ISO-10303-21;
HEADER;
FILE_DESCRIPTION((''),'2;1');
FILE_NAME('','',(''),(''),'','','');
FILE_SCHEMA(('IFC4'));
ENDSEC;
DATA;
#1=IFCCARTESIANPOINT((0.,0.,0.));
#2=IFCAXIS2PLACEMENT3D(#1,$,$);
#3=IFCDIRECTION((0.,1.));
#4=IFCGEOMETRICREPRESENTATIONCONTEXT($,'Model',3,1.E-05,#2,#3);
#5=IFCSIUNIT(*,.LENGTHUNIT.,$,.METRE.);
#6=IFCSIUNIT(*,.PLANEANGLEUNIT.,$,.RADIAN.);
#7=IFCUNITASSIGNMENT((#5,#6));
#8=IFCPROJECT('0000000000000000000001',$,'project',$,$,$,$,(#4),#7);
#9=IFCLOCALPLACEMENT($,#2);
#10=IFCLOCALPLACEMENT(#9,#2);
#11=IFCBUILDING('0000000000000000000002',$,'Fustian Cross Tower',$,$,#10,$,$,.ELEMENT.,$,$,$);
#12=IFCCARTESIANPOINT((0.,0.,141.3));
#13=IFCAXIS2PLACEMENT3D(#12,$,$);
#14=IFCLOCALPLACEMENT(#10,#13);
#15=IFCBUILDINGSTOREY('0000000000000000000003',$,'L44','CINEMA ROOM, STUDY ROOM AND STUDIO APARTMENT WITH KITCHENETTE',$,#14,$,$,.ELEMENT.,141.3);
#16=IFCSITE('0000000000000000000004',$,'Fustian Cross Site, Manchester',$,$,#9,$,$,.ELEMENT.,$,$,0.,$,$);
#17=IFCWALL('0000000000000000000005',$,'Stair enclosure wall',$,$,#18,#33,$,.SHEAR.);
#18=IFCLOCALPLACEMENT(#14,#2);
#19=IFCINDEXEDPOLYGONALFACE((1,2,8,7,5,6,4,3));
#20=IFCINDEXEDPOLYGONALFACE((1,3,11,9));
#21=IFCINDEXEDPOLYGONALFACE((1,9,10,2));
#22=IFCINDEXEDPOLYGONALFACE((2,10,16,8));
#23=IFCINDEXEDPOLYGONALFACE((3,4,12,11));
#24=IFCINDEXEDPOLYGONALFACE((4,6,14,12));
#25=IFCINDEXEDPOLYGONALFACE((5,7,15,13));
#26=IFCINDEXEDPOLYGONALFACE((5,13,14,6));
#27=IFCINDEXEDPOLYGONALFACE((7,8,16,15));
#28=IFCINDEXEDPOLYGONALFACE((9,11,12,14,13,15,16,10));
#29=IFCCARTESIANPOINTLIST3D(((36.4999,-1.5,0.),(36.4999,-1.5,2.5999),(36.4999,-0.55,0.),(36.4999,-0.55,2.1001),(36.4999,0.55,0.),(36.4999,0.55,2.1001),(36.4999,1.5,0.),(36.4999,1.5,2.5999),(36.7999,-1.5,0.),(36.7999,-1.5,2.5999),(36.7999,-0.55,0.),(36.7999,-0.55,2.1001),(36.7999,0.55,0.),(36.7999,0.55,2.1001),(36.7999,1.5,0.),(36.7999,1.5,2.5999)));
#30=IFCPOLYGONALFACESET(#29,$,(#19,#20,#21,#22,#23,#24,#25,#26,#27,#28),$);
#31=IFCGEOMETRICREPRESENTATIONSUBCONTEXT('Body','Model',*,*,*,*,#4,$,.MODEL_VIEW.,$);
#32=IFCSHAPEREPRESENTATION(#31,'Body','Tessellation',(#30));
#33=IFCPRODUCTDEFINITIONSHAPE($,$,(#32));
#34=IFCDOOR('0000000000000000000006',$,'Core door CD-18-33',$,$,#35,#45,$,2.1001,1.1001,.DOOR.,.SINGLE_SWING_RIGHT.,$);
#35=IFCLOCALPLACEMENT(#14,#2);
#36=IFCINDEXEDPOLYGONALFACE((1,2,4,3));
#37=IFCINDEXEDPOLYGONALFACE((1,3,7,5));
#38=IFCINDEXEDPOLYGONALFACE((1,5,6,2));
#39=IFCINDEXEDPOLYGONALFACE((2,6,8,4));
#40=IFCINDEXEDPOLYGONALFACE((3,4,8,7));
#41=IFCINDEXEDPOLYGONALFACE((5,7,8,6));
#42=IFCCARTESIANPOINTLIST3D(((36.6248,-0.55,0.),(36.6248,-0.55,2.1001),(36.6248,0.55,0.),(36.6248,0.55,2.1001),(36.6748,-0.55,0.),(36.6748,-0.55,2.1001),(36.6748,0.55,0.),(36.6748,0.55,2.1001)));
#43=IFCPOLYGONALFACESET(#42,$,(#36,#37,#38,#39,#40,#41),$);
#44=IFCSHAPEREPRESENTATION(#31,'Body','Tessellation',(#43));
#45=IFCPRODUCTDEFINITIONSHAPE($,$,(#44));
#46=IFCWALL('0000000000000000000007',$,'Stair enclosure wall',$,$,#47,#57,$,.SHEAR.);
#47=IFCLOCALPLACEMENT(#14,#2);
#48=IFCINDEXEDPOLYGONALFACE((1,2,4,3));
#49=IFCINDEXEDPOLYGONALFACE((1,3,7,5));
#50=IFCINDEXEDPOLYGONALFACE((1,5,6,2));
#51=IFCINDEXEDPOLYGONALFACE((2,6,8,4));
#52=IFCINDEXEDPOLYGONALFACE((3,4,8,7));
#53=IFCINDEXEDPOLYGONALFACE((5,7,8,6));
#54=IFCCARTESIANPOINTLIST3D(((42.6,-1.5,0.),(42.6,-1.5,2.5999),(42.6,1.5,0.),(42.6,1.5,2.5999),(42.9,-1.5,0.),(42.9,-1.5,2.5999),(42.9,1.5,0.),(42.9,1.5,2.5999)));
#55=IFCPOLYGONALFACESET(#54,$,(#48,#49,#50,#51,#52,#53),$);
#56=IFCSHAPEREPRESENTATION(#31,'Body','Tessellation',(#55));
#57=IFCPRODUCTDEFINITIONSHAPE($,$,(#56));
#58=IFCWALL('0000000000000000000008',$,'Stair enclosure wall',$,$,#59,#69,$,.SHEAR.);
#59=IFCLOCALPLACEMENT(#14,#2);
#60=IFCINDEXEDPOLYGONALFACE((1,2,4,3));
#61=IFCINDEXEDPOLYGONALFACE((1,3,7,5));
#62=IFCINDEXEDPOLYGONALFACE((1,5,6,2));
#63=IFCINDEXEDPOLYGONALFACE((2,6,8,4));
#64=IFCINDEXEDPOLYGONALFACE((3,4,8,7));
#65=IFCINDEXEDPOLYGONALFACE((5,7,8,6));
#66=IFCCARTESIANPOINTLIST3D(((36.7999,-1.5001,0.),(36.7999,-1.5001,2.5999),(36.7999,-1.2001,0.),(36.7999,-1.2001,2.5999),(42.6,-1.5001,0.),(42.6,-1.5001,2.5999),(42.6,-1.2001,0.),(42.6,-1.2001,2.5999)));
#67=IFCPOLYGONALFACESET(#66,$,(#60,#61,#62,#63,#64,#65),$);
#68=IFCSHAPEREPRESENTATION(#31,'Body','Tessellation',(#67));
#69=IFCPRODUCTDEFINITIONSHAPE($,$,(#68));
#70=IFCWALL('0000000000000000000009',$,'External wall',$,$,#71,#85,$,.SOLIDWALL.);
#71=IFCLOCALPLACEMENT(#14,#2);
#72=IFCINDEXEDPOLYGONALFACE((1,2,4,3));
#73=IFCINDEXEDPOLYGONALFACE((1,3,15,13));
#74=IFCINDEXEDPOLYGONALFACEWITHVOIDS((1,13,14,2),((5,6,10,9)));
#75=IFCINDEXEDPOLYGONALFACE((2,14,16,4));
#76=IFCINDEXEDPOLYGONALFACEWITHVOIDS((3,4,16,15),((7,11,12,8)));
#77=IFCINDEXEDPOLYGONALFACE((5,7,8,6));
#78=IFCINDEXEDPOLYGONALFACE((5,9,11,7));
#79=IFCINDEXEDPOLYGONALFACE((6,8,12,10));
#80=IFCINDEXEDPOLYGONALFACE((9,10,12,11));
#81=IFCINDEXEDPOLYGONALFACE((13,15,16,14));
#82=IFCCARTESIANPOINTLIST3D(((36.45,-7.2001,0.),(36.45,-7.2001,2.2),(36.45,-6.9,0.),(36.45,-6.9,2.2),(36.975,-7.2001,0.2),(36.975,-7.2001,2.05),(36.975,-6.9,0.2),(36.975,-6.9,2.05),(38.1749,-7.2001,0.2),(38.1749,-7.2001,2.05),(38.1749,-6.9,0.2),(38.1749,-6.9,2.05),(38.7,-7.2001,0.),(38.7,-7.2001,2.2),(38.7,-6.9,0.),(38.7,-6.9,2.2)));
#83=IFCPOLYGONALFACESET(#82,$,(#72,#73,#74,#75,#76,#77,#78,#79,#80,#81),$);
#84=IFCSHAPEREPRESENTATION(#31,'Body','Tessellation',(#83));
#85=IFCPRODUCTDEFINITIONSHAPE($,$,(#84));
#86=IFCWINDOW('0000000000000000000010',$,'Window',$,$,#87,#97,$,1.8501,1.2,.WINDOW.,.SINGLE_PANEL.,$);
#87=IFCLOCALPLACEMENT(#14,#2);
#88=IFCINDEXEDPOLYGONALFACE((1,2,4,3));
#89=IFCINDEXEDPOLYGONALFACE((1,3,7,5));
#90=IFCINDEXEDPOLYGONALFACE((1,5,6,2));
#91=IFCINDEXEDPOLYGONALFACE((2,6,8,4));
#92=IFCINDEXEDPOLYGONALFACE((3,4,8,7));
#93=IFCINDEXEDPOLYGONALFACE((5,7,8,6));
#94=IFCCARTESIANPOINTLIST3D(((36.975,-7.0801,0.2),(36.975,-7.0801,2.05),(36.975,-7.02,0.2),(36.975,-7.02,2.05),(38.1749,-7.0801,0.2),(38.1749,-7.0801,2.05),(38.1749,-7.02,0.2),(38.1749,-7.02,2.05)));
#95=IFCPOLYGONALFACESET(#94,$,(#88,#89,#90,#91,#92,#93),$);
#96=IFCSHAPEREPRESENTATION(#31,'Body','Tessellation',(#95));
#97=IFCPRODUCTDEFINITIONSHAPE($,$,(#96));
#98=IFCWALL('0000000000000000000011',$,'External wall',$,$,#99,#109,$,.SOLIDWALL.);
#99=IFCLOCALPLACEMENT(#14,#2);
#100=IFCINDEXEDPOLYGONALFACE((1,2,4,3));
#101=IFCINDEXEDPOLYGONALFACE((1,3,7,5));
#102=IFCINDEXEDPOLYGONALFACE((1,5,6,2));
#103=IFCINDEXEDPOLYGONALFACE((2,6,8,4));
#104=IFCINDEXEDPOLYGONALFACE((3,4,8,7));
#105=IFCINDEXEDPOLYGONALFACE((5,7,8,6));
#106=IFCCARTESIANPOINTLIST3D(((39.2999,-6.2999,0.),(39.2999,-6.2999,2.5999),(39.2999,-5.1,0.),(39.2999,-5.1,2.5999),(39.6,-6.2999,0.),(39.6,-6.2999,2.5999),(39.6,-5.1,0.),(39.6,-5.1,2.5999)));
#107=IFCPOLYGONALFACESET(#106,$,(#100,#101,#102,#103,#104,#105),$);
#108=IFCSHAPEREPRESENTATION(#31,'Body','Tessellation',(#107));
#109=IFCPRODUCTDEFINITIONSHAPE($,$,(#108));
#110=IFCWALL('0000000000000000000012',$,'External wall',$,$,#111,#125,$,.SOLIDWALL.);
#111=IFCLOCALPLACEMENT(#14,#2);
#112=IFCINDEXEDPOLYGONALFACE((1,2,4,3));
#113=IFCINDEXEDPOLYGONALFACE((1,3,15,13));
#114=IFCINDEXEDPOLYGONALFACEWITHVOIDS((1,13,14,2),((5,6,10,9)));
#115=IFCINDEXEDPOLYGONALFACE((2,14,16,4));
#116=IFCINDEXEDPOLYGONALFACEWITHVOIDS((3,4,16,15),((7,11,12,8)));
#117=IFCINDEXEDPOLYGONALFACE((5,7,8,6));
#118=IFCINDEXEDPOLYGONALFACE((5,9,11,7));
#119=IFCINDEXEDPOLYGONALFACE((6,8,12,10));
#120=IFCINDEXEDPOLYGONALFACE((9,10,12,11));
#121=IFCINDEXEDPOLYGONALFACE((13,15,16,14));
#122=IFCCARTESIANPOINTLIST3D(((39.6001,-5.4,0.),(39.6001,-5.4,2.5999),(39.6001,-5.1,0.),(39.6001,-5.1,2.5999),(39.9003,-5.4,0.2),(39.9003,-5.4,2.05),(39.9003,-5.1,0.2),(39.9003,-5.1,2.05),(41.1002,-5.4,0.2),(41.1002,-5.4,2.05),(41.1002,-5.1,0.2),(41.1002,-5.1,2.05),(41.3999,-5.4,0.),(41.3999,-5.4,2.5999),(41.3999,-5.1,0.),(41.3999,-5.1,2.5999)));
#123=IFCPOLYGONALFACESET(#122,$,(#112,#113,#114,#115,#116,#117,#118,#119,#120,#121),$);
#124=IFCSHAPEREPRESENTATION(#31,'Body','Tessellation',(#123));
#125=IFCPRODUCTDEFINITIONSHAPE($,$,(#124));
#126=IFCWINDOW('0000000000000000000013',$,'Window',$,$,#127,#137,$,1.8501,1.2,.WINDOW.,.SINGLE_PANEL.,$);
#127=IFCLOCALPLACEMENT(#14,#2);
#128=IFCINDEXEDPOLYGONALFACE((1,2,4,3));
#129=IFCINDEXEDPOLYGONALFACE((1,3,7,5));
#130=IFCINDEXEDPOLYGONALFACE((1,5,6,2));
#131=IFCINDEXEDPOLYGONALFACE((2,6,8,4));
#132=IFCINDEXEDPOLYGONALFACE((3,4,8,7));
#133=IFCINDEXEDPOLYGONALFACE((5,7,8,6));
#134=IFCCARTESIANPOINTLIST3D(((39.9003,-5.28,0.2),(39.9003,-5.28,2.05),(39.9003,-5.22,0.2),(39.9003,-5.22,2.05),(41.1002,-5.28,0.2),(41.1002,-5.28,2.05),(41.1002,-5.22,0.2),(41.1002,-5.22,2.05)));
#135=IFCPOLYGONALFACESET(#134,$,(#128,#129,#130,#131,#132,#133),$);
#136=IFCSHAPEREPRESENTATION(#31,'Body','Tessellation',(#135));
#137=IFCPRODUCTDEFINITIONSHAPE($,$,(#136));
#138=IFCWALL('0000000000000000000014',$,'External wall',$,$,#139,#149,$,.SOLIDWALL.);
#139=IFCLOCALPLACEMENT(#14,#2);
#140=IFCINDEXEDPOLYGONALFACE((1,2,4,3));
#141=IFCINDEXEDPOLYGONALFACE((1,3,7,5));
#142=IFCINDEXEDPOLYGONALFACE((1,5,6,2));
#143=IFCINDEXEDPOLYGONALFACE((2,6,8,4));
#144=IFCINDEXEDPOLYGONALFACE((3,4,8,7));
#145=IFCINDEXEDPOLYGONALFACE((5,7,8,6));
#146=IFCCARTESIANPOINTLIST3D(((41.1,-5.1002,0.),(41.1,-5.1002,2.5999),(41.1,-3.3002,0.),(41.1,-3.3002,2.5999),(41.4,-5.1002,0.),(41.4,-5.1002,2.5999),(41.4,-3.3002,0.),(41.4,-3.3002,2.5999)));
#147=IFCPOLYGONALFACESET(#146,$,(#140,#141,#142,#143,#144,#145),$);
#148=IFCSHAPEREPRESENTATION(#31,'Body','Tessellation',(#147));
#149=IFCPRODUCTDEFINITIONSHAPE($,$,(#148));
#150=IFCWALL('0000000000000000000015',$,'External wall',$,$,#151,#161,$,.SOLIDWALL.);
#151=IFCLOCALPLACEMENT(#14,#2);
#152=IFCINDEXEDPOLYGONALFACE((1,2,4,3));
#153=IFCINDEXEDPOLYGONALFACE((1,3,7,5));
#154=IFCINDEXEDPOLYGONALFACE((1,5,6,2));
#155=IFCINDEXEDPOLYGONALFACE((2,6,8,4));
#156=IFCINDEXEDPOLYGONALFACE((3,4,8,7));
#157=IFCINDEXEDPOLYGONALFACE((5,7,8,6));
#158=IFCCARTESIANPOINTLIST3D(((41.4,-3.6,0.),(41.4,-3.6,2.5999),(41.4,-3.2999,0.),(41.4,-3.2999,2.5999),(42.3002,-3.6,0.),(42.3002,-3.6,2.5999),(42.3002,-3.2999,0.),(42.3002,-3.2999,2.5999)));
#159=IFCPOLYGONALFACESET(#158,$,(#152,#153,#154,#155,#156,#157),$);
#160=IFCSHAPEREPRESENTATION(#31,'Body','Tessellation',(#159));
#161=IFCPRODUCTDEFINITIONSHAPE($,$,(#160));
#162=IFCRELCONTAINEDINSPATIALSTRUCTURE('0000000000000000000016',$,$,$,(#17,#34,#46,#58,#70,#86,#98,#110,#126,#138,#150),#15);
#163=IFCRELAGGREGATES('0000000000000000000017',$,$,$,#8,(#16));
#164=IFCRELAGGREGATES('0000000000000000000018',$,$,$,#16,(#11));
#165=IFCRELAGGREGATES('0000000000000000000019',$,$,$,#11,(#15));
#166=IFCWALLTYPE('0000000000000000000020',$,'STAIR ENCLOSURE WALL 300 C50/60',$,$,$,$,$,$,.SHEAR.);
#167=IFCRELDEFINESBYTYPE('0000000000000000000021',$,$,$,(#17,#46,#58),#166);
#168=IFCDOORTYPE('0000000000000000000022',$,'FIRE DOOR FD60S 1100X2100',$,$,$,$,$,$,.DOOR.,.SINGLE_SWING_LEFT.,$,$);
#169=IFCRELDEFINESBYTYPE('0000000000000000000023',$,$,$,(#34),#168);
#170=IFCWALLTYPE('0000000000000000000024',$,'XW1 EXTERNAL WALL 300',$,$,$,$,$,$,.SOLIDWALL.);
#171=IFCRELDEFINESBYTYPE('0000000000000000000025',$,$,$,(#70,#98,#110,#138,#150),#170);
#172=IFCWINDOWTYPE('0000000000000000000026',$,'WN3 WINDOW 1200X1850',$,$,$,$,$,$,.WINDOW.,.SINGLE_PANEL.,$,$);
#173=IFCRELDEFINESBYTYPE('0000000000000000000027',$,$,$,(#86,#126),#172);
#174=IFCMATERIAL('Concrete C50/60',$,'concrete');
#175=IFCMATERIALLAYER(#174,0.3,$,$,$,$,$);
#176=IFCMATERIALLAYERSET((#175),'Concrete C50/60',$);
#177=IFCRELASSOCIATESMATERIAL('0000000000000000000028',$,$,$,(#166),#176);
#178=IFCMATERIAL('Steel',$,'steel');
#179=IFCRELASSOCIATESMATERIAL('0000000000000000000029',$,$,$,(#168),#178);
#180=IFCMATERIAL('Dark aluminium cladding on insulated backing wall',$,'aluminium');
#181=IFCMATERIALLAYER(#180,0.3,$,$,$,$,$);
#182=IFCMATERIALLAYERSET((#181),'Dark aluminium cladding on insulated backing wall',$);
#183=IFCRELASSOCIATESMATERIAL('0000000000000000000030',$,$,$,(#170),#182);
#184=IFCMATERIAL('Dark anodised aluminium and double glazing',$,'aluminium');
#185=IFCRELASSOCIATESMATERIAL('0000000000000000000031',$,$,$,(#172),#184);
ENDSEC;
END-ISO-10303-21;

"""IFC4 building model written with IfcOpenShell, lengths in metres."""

from ifc_helpers import new_model, si_unit, direction, frame, frame_2d, origin, place, context, subcontext, project, spatial, rectangle, extrude, material, layer, layer_set, type_object, element, fill, save


model = new_model("IFC4")

# Units and contexts
model_context = context("Model", 3, precision=1e-05, world=origin(), true_north=direction((0.0, 1.0)))
body_context = subcontext(model_context, "Body", "Model", "MODEL_VIEW")
ifc_project = project(units=[si_unit("LENGTHUNIT", "METRE"), si_unit("PLANEANGLEUNIT", "RADIAN")], contexts=[model_context])

# Site, building, storey
site_placement = place(None, origin())
site = spatial("IfcSite", under=ifc_project, at=site_placement, Name="Fustian Cross Site, Manchester", CompositionType="ELEMENT", RefElevation=0.0)
building_placement = place(site_placement, origin())
building = spatial("IfcBuilding", under=site, at=building_placement, Name="Fustian Cross Tower", CompositionType="ELEMENT")
storey_placement = place(building_placement, frame((0.0, 0.0, 141.3)))
storey = spatial("IfcBuildingStorey", under=building, at=storey_placement, Name="L44", Description="CINEMA ROOM, STUDY ROOM AND STUDIO APARTMENT WITH KITCHENETTE", CompositionType="ELEMENT", Elevation=141.3)

# Wall, opening, door
ifc_material_1 = material(Name="Concrete C50/60", Category="concrete")
ifc_layer_1 = layer(ifc_material_1, 0.3)
ifc_layer_set_1 = layer_set([ifc_layer_1], Name="Concrete C50/60")
wall_type_1 = type_object("IfcWallType", Name="STAIR ENCLOSURE WALL 300 C50/60", PredefinedType="SHEAR", material=ifc_layer_set_1)
wall_1_placement = place(storey_placement, frame((36.6499, -1.5, 0.0), z_axis=(0.0, 0.0, 1.0), x_axis=(0.0, 1.0, 0.0)))
wall_1 = element("IfcWall", 1, at=wall_1_placement, inside=storey, type_object=wall_type_1, Name="Stair enclosure wall", PredefinedType="SHEAR", context=body_context, shape_type="SweptSolid", body=[
    extrude(rectangle(XDim=3.0, YDim=0.3, at=frame_2d((1.5, 0.0))), origin(), (0.0, 0.0, 1.0), 2.5999),
])
opening_1_placement = place(wall_1_placement, frame((0.95, 0.0, 0.0)))
opening_1 = element("IfcOpeningElement", 2, at=opening_1_placement, cuts=wall_1, PredefinedType="OPENING", context=body_context, shape_type="SweptSolid", body=[
    extrude(rectangle(XDim=1.1001, YDim=2.1001, at=frame_2d((0.55, 1.05))), frame((0.0, 0.1599, 0.0), z_axis=(0.0, -1.0, 0.0), x_axis=(1.0, 0.0, 0.0)), (0.0, 0.0, 1.0), 0.3201),
])
ifc_material_2 = material(Name="Steel", Category="steel")
door_type = type_object("IfcDoorType", Name="FIRE DOOR FD60S 1100X2100", OperationType="SINGLE_SWING_LEFT", PredefinedType="DOOR", material=ifc_material_2)
door_placement = place(opening_1_placement, frame((1.1001, 0.0, 0.0), z_axis=(0.0, 0.0, 1.0), x_axis=(-1.0, 0.0, 0.0)))
door = element("IfcDoor", 3, at=door_placement, inside=storey, type_object=door_type, Name="Core door CD-18-33", OperationType="SINGLE_SWING_RIGHT", OverallHeight=2.1001, OverallWidth=1.1001, PredefinedType="DOOR", context=body_context, shape_type="SweptSolid", body=[
    extrude(rectangle(XDim=1.1001, YDim=2.1001, at=frame_2d((0.55, 1.05))), frame((0.0, 0.0249, 0.0), z_axis=(0.0, -1.0, 0.0), x_axis=(1.0, 0.0, 0.0)), (0.0, 0.0, 1.0), 0.05),
])
fill(opening_1, door)

# Walls
wall_2_placement = place(storey_placement, frame((42.75, -1.5, 0.0), z_axis=(0.0, 0.0, 1.0), x_axis=(0.0, 1.0, 0.0)))
element("IfcWall", 4, at=wall_2_placement, inside=storey, type_object=wall_type_1, Name="Stair enclosure wall", PredefinedType="SHEAR", context=body_context, shape_type="SweptSolid", body=[
    extrude(rectangle(XDim=3.0, YDim=0.3, at=frame_2d((1.5, 0.0))), origin(), (0.0, 0.0, 1.0), 2.5999),
])
wall_3_placement = place(storey_placement, frame((36.8, -1.3501, 0.0), z_axis=(0.0, 0.0, 1.0), x_axis=(1.0, 0.0, 0.0)))
element("IfcWall", 5, at=wall_3_placement, inside=storey, type_object=wall_type_1, Name="Stair enclosure wall", PredefinedType="SHEAR", context=body_context, shape_type="SweptSolid", body=[
    extrude(rectangle(XDim=5.8, YDim=0.3, at=frame_2d((2.8999, 0.0))), origin(), (0.0, 0.0, 1.0), 2.5999),
])

# Wall, opening, window
ifc_material_3 = material(Name="Dark aluminium cladding on insulated backing wall", Category="aluminium")
ifc_layer_2 = layer(ifc_material_3, 0.3)
ifc_layer_set_2 = layer_set([ifc_layer_2], Name="Dark aluminium cladding on insulated backing wall")
wall_type_2 = type_object("IfcWallType", Name="XW1 EXTERNAL WALL 300", PredefinedType="SOLIDWALL", material=ifc_layer_set_2)
wall_4_placement = place(storey_placement, frame((36.45, -7.05, 0.0), z_axis=(0.0, 0.0, 1.0), x_axis=(1.0, 0.0, 0.0)))
wall_4 = element("IfcWall", 6, at=wall_4_placement, inside=storey, type_object=wall_type_2, Name="External wall", PredefinedType="SOLIDWALL", context=body_context, shape_type="SweptSolid", body=[
    extrude(rectangle(XDim=2.25, YDim=0.3, at=frame_2d((1.125, 0.0))), origin(), (0.0, 0.0, 1.0), 2.2),
])
opening_2_placement = place(wall_4_placement, frame((0.5249, 0.0, 0.2)))
opening_2 = element("IfcOpeningElement", 7, at=opening_2_placement, cuts=wall_4, PredefinedType="OPENING", context=body_context, shape_type="SweptSolid", body=[
    extrude(rectangle(XDim=1.2, YDim=1.8501, at=frame_2d((0.6001, 0.925))), frame((0.0, 0.1599, 0.0), z_axis=(0.0, -1.0, 0.0), x_axis=(1.0, 0.0, 0.0)), (0.0, 0.0, 1.0), 0.3201),
])
ifc_material_4 = material(Name="Dark anodised aluminium and double glazing", Category="aluminium")
window_type_1 = type_object("IfcWindowType", Name="WN3 WINDOW 1200X1850", PartitioningType="SINGLE_PANEL", PredefinedType="WINDOW", material=ifc_material_4)
window_1_placement = place(opening_2_placement, origin())
window_1 = element("IfcWindow", 8, at=window_1_placement, inside=storey, type_object=window_type_1, Name="Window", OverallHeight=1.8501, OverallWidth=1.2, PartitioningType="SINGLE_PANEL", PredefinedType="WINDOW", context=body_context, shape_type="SweptSolid", body=[
    extrude(rectangle(XDim=1.2, YDim=1.8501, at=frame_2d((0.6001, 0.925))), frame((0.0, 0.03, 0.0), z_axis=(0.0, -1.0, 0.0), x_axis=(1.0, 0.0, 0.0)), (0.0, 0.0, 1.0), 0.0601),
])
fill(opening_2, window_1)

# Wall
wall_5_placement = place(storey_placement, frame((39.45, -6.3, 0.0), z_axis=(0.0, 0.0, 1.0), x_axis=(0.0, 1.0, 0.0)))
element("IfcWall", 9, at=wall_5_placement, inside=storey, type_object=wall_type_2, Name="External wall", PredefinedType="SOLIDWALL", context=body_context, shape_type="SweptSolid", body=[
    extrude(rectangle(XDim=1.2, YDim=0.3, at=frame_2d((0.6001, 0.0))), origin(), (0.0, 0.0, 1.0), 2.5999),
])

# Wall, opening, window
wall_6_placement = place(storey_placement, frame((39.6001, -5.25, 0.0), z_axis=(0.0, 0.0, 1.0), x_axis=(1.0, 0.0, 0.0)))
wall_6 = element("IfcWall", 10, at=wall_6_placement, inside=storey, type_object=wall_type_2, Name="External wall", PredefinedType="SOLIDWALL", context=body_context, shape_type="SweptSolid", body=[
    extrude(rectangle(XDim=1.7998, YDim=0.3, at=frame_2d((0.8999, 0.0))), origin(), (0.0, 0.0, 1.0), 2.5999),
])
opening_3_placement = place(wall_6_placement, frame((0.3, 0.0, 0.2)))
opening_3 = element("IfcOpeningElement", 11, at=opening_3_placement, cuts=wall_6, PredefinedType="OPENING", context=body_context, shape_type="SweptSolid", body=[
    extrude(rectangle(XDim=1.2, YDim=1.8501, at=frame_2d((0.6001, 0.925))), frame((0.0, 0.1599, 0.0), z_axis=(0.0, -1.0, 0.0), x_axis=(1.0, 0.0, 0.0)), (0.0, 0.0, 1.0), 0.3201),
])
window_2_placement = place(opening_3_placement, origin())
window_2 = element("IfcWindow", 12, at=window_2_placement, inside=storey, type_object=window_type_1, Name="Window", OverallHeight=1.8501, OverallWidth=1.2, PartitioningType="SINGLE_PANEL", PredefinedType="WINDOW", context=body_context, shape_type="SweptSolid", body=[
    extrude(rectangle(XDim=1.2, YDim=1.8501, at=frame_2d((0.6001, 0.925))), frame((0.0, 0.03, 0.0), z_axis=(0.0, -1.0, 0.0), x_axis=(1.0, 0.0, 0.0)), (0.0, 0.0, 1.0), 0.0601),
])
fill(opening_3, window_2)

# Walls
wall_7_placement = place(storey_placement, frame((41.25, -5.1001, 0.0), z_axis=(0.0, 0.0, 1.0), x_axis=(0.0, 1.0, 0.0)))
element("IfcWall", 13, at=wall_7_placement, inside=storey, type_object=wall_type_2, Name="External wall", PredefinedType="SOLIDWALL", context=body_context, shape_type="SweptSolid", body=[
    extrude(rectangle(XDim=1.8, YDim=0.3, at=frame_2d((0.8999, 0.0))), origin(), (0.0, 0.0, 1.0), 2.5999),
])
wall_8_placement = place(storey_placement, frame((41.3999, -3.45, 0.0), z_axis=(0.0, 0.0, 1.0), x_axis=(1.0, 0.0, 0.0)))
element("IfcWall", 14, at=wall_8_placement, inside=storey, type_object=wall_type_2, Name="External wall", PredefinedType="SOLIDWALL", context=body_context, shape_type="SweptSolid", body=[
    extrude(rectangle(XDim=0.9001, YDim=0.3, at=frame_2d((0.4502, 0.0))), origin(), (0.0, 0.0, 1.0), 2.5999),
])

save(model, "model.ifc")
